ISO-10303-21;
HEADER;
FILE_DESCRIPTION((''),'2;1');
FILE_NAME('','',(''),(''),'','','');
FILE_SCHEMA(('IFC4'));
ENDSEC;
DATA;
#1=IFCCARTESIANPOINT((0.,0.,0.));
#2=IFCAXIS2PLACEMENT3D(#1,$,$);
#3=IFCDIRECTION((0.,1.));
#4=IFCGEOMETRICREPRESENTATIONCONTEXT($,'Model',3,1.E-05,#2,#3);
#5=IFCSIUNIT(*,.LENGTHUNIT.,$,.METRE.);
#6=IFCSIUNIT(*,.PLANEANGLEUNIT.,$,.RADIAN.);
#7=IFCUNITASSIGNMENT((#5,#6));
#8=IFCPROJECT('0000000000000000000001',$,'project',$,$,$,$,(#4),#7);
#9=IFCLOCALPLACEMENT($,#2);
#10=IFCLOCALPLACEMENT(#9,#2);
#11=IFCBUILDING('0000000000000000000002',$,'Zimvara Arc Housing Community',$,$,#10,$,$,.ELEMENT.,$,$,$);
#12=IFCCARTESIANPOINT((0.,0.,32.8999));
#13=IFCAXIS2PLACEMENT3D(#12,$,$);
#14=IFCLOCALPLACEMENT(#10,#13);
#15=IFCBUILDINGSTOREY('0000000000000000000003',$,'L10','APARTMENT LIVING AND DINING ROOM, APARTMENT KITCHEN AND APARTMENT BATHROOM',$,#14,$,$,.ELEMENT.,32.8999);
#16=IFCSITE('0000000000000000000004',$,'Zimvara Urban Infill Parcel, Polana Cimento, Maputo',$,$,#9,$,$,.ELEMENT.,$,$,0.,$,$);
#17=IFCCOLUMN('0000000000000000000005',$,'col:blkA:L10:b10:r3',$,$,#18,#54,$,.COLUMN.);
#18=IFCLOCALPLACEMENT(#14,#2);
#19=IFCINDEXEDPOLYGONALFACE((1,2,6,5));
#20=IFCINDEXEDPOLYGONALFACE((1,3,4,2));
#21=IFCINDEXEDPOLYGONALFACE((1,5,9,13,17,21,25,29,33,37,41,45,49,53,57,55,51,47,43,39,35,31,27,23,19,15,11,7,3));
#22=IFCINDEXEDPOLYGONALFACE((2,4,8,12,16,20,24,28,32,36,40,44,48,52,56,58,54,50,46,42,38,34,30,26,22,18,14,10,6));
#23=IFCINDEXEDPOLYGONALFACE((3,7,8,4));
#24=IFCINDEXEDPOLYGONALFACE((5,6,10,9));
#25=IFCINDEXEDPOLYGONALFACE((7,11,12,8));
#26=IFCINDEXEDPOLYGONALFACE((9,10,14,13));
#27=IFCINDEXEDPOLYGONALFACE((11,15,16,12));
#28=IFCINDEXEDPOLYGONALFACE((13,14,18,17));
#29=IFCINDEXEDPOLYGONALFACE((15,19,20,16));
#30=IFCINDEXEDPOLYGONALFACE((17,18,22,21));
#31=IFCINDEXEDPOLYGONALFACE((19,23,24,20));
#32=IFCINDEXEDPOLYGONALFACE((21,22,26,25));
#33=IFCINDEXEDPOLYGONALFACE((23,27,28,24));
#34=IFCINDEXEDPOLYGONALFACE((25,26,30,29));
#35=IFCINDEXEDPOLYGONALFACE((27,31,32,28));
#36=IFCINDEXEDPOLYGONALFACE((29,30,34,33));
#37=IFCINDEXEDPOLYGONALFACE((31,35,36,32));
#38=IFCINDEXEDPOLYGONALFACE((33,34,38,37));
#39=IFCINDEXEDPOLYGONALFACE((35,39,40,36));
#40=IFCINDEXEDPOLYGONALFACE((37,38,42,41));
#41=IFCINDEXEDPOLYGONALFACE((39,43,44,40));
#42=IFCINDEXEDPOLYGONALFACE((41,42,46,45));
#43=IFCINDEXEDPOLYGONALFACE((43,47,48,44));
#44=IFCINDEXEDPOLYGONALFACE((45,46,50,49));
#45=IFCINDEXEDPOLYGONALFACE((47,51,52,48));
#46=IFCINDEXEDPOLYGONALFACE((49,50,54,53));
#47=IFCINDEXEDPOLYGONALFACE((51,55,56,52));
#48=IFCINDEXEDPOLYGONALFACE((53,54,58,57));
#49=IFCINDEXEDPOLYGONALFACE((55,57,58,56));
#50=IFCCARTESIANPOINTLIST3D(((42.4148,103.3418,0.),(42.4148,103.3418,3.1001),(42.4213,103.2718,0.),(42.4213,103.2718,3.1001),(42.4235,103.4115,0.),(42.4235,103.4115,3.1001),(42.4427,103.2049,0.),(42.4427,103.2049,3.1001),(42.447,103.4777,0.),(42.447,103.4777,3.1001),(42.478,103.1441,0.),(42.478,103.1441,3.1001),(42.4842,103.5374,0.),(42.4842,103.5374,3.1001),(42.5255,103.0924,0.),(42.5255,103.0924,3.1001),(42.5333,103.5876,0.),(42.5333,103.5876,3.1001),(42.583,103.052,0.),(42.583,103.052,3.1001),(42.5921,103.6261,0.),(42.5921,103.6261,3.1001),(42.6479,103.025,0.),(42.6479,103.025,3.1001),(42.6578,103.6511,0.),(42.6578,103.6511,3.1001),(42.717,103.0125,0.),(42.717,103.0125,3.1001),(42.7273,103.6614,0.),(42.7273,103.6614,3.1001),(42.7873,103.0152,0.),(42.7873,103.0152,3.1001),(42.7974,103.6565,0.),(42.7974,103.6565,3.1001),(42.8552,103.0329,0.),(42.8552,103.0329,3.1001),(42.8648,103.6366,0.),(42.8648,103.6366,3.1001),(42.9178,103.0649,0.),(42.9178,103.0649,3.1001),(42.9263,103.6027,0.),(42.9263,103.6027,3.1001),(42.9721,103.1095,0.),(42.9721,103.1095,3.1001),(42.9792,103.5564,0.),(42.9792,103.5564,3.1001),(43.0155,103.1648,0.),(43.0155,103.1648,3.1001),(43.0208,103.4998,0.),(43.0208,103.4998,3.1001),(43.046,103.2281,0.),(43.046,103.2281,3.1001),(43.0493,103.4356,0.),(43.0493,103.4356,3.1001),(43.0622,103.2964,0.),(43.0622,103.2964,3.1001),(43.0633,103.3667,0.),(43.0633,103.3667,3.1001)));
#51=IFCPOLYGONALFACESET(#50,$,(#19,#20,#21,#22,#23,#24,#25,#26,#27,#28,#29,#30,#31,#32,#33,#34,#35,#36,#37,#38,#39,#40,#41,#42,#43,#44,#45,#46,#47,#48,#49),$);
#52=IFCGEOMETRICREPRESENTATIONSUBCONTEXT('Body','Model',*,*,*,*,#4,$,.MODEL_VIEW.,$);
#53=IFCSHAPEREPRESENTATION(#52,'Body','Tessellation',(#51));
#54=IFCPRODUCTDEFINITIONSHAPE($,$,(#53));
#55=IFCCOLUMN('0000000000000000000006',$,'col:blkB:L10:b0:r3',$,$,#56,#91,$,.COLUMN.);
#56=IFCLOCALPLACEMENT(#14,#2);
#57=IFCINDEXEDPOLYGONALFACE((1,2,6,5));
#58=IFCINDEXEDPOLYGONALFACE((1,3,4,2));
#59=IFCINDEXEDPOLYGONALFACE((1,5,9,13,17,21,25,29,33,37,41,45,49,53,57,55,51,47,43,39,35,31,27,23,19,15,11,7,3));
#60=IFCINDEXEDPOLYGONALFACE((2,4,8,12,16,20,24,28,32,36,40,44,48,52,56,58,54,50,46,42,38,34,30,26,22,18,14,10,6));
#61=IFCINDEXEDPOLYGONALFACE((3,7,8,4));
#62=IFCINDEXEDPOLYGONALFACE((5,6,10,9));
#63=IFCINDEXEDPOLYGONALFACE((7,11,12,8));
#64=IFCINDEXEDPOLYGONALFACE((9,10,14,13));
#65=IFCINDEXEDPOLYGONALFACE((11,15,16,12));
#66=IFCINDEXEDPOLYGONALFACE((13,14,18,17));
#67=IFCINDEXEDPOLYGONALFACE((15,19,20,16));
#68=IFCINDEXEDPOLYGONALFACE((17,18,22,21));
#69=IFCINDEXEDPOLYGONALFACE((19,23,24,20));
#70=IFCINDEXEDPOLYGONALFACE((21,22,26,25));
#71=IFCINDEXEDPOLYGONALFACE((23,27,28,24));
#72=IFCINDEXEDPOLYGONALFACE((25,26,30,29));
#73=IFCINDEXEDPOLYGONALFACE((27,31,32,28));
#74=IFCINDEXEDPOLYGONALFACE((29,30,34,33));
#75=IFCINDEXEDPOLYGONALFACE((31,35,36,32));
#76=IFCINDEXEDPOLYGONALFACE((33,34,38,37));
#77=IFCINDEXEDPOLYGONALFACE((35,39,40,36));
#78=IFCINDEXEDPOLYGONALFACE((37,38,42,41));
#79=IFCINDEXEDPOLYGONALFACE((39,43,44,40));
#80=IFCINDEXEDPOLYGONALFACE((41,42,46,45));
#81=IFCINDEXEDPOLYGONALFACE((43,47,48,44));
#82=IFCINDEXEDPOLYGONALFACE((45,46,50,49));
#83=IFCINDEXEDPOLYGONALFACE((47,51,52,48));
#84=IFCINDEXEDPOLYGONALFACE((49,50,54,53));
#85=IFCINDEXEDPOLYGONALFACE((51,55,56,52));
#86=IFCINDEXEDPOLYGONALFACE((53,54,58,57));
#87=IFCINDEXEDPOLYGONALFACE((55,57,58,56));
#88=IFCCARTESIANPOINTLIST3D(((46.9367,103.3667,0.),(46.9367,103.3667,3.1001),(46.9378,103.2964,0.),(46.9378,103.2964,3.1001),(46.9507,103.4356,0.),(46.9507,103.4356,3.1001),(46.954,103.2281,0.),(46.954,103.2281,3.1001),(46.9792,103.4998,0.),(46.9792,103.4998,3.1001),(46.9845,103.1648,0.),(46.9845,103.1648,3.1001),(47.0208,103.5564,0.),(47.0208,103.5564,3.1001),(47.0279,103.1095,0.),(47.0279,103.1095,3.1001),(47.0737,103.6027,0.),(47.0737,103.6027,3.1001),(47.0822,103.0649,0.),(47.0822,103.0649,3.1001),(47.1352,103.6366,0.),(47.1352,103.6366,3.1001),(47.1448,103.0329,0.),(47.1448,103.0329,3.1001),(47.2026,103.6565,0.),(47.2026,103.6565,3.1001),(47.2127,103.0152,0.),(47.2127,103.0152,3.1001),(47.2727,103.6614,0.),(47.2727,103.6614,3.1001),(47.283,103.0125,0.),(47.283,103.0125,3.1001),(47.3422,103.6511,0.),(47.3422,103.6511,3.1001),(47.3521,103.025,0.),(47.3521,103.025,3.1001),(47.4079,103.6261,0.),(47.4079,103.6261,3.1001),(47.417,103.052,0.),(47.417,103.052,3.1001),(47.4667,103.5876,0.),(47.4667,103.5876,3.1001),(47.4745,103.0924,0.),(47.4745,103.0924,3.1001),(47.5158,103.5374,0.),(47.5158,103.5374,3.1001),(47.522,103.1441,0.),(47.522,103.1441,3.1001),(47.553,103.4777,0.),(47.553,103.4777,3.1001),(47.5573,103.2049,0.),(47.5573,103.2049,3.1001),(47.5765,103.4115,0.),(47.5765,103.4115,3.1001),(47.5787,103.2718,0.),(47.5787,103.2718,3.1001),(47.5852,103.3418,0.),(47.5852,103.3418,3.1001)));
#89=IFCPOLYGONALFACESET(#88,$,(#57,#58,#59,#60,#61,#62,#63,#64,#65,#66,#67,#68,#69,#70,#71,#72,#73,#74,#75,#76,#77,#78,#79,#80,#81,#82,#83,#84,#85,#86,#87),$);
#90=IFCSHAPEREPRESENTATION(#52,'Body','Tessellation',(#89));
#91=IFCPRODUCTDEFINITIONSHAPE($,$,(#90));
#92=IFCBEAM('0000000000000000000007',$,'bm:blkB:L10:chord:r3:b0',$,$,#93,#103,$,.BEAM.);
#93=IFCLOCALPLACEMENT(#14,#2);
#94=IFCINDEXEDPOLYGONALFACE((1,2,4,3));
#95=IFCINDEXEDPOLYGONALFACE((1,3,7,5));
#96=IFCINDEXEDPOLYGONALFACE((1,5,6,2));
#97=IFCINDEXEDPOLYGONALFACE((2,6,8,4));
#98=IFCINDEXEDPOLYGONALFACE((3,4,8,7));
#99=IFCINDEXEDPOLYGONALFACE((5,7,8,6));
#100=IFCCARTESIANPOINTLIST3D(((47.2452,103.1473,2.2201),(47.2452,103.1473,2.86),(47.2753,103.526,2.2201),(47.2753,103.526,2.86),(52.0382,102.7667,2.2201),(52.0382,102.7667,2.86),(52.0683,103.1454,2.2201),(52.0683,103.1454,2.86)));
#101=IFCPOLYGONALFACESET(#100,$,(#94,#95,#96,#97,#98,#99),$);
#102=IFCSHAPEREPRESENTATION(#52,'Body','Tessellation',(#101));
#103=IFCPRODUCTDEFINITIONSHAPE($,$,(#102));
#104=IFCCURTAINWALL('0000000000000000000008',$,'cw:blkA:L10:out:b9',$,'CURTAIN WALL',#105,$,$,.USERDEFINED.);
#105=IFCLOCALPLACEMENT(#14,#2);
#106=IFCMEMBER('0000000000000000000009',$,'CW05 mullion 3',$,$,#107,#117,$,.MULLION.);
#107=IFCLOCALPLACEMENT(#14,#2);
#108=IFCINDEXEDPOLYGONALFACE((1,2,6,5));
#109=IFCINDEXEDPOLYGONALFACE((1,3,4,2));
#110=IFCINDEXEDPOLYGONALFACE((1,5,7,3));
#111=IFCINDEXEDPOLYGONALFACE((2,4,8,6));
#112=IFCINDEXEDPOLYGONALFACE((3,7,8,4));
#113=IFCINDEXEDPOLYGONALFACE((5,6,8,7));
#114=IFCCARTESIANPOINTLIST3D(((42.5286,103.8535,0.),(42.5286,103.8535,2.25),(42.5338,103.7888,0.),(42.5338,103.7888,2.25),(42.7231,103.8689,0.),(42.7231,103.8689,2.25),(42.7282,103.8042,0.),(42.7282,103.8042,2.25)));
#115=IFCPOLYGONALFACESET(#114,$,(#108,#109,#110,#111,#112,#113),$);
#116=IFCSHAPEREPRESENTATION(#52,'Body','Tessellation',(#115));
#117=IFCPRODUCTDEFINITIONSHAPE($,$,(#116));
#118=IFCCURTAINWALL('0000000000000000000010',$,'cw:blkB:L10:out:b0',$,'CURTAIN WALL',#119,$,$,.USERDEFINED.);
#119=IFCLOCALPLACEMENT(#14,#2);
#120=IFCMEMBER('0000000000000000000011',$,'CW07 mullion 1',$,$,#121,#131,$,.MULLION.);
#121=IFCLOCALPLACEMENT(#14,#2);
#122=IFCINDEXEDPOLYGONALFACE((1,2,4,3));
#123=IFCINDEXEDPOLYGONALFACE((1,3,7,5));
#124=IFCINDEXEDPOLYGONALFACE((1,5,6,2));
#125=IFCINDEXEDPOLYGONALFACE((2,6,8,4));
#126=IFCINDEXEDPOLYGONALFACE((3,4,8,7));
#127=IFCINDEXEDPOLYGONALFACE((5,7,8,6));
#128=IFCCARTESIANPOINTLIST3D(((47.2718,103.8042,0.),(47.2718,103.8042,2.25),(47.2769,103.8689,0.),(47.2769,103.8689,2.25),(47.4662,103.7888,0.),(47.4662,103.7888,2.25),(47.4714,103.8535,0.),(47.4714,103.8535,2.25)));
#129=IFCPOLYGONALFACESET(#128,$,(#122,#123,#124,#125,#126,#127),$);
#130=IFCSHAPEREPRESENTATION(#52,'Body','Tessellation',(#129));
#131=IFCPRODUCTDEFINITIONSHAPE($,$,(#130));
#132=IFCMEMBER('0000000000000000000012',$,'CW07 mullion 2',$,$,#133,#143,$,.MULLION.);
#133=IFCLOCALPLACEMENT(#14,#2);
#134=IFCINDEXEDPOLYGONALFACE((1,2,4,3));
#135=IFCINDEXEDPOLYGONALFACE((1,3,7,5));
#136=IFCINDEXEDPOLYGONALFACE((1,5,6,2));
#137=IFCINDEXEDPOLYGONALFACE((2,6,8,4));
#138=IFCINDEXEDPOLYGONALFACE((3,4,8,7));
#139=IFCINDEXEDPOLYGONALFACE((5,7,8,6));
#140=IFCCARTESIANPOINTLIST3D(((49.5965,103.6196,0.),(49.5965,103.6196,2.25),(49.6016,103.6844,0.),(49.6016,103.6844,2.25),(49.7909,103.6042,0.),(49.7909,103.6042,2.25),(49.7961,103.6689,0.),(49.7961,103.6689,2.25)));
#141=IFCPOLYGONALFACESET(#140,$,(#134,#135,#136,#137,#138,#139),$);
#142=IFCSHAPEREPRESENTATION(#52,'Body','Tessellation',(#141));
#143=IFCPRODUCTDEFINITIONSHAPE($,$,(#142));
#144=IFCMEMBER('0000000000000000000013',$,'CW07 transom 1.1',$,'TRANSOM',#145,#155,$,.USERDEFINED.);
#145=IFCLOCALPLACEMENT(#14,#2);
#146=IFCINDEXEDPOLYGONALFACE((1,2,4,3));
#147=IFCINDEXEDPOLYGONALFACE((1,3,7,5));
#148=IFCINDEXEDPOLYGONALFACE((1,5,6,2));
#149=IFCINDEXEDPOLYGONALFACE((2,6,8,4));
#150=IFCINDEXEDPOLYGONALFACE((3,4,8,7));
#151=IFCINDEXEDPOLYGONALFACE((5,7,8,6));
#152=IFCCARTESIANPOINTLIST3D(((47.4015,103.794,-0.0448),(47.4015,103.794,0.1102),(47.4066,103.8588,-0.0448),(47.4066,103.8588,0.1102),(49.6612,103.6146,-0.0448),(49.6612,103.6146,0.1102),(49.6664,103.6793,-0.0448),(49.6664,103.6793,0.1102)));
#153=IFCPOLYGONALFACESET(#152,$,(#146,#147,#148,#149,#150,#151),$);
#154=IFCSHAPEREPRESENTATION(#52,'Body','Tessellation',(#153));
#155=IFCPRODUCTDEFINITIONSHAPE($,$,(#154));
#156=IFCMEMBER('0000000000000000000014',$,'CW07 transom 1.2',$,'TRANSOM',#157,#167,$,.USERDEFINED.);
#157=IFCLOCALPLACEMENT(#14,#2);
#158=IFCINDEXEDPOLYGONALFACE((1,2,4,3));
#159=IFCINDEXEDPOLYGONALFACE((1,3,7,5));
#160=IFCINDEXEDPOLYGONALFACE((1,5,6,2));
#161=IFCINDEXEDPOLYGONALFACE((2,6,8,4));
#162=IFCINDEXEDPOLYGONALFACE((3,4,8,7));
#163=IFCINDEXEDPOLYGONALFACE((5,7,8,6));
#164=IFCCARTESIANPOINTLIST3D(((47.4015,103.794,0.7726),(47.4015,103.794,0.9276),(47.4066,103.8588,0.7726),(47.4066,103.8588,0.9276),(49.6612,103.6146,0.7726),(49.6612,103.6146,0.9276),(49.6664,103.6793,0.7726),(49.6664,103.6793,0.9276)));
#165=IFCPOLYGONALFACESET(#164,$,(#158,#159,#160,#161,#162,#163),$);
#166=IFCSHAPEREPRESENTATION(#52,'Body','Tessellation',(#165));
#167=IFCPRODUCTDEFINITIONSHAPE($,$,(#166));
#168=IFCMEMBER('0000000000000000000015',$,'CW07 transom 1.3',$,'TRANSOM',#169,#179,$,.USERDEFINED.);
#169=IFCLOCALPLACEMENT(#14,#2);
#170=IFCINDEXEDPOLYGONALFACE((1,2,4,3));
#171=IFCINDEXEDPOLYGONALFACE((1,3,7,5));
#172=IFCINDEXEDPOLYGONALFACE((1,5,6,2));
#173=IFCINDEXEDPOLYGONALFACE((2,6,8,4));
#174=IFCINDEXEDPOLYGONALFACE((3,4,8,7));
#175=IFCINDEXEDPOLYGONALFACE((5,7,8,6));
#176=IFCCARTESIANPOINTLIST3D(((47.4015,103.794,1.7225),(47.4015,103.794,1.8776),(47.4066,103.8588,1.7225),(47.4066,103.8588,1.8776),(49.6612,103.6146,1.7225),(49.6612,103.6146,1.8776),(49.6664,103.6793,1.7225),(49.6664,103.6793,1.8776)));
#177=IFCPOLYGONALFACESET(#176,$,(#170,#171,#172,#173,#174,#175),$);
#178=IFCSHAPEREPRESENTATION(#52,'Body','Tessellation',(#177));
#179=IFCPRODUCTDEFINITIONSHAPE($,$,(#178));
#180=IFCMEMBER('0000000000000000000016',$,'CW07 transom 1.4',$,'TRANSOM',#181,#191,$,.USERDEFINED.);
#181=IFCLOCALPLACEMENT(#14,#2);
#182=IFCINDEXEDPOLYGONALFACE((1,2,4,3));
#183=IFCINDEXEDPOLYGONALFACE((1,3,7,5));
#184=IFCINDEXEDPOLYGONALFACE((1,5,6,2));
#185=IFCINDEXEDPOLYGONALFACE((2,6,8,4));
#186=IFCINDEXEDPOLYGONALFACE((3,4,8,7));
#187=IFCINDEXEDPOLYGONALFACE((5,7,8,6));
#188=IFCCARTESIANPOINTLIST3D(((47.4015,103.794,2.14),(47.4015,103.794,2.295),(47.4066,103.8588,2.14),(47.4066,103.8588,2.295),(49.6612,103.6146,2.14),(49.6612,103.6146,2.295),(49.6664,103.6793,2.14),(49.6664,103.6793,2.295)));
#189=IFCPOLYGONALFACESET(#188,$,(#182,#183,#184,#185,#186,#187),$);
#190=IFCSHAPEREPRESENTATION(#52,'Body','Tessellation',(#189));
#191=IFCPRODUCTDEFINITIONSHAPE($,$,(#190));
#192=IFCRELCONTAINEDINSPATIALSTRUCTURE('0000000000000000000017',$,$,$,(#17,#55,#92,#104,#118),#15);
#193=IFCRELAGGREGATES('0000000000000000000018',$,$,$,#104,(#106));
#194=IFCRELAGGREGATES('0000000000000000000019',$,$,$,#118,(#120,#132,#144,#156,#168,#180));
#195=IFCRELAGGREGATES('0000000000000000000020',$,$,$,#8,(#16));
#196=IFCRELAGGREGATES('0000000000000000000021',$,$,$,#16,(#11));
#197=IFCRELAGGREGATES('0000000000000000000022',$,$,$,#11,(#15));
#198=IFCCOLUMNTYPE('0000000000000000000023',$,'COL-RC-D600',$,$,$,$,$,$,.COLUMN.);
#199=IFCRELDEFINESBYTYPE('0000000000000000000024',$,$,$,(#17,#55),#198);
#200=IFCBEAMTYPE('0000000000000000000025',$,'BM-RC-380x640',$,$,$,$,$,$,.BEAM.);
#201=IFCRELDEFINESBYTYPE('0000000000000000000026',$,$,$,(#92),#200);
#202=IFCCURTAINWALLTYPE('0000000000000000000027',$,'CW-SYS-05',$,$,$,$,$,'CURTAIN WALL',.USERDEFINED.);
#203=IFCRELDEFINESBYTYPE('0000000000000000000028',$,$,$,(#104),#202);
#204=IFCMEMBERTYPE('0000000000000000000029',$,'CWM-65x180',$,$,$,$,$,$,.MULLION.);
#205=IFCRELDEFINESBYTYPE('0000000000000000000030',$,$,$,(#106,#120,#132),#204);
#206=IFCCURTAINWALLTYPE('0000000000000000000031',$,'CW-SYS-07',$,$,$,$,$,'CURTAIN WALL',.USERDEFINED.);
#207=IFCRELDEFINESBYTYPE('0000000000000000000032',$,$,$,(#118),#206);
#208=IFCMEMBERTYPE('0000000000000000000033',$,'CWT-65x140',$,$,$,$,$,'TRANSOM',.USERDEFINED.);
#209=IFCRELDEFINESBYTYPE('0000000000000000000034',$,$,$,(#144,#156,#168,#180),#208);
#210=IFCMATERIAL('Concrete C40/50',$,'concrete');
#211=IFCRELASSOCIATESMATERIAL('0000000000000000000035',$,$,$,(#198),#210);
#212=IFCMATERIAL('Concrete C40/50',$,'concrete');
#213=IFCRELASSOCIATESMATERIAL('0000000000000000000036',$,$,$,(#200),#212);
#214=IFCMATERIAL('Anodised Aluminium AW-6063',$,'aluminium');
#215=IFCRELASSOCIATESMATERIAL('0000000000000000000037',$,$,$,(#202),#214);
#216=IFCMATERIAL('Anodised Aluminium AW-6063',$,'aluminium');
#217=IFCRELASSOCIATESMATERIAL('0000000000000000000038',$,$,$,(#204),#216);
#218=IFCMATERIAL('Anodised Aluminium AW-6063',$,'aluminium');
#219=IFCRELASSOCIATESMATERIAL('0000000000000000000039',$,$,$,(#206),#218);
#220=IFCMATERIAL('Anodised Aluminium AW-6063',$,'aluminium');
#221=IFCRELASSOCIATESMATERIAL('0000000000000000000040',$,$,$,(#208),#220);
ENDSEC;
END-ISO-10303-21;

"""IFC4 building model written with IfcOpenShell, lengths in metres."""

from ifc_helpers import new_model, si_unit, direction, frame, origin, origin_2d, place, context, subcontext, project, spatial, rectangle, circle, extrude, material, material_profile, profile_set, type_object, element, aggregate, save


model = new_model("IFC4")

# Units and contexts
model_context = context("Model", 3, precision=1e-05, world=origin(), true_north=direction((0.0, 1.0)))
body_context = subcontext(model_context, "Body", "Model", "MODEL_VIEW")
ifc_project = project(units=[si_unit("LENGTHUNIT", "METRE"), si_unit("PLANEANGLEUNIT", "RADIAN")], contexts=[model_context])

# Site, building, storey
site_placement = place(None, origin())
site = spatial("IfcSite", under=ifc_project, at=site_placement, Name="Zimvara Urban Infill Parcel, Polana Cimento, Maputo", CompositionType="ELEMENT", RefElevation=0.0)
building_placement = place(site_placement, origin())
building = spatial("IfcBuilding", under=site, at=building_placement, Name="Zimvara Arc Housing Community", CompositionType="ELEMENT")
storey_placement = place(building_placement, frame((0.0, 0.0, 32.8999)))
storey = spatial("IfcBuildingStorey", under=building, at=storey_placement, Name="L10", Description="APARTMENT LIVING AND DINING ROOM, APARTMENT KITCHEN AND APARTMENT BATHROOM", CompositionType="ELEMENT", Elevation=32.8999)

# Columns
ifc_material_1 = material(Name="Concrete C40/50", Category="concrete")
ifc_material_profile_1 = material_profile(ifc_material_1, circle(Radius=0.325, at=origin_2d()), Name="RC D650")
ifc_profile_set_1 = profile_set([ifc_material_profile_1], Name="Concrete C40/50")
column_type = type_object("IfcColumnType", Name="COL-RC-D600", PredefinedType="COLUMN", material=ifc_profile_set_1)
for number, where, z_axis, x_axis, name in (
    (1, (42.7397, 103.3367, 0.0), (0.0, 0.0, 1.0), (-0.038388, 0.999263, 0.0), "col:blkA:L10:b10:r3"),
    (2, (47.2603, 103.3367, 0.0), (0.0, 0.0, 1.0), (0.038388, 0.999263, 0.0), "col:blkB:L10:b0:r3"),
):
    element("IfcColumn", number, at=place(storey_placement, frame(where, z_axis=z_axis, x_axis=x_axis)), inside=storey, type_object=column_type, Name=name, PredefinedType="COLUMN", context=body_context, shape_type="SweptSolid", body=[
        extrude(circle(Radius=0.325, at=origin_2d()), origin(), (0.0, 0.0, 1.0), 3.1001),
    ])

# Beam
ifc_material_2 = material(Name="Concrete C40/50", Category="concrete")
ifc_material_profile_2 = material_profile(ifc_material_2, rectangle(XDim=0.3799, YDim=0.6399, at=origin_2d()), Name="RC 380x640")
ifc_profile_set_2 = profile_set([ifc_material_profile_2], Name="Concrete C40/50")
beam_type = type_object("IfcBeamType", Name="BM-RC-380x640", PredefinedType="BEAM", material=ifc_profile_set_2)
beam_placement = place(storey_placement, frame((47.2603, 103.3367, 2.54), z_axis=(0.996862, -0.079162, 0.0), x_axis=(0.079162, 0.996862, 0.0)))
element("IfcBeam", 3, at=beam_placement, inside=storey, type_object=beam_type, Name="bm:blkB:L10:chord:r3:b0", PredefinedType="BEAM", context=body_context, shape_type="SweptSolid", body=[
    extrude(rectangle(XDim=0.3799, YDim=0.6399, at=origin_2d()), origin(), (0.0, 0.0, 1.0), 4.8081),
])

# Curtain wall, member
ifc_material_3 = material(Name="Anodised Aluminium AW-6063", Category="aluminium")
curtain_wall_type_1 = type_object("IfcCurtainWallType", Name="CW-SYS-05", ElementType="CURTAIN WALL", PredefinedType="USERDEFINED", material=ifc_material_3)
curtain_wall_1_placement = place(storey_placement, origin())
curtain_wall_1 = element("IfcCurtainWall", 4, at=curtain_wall_1_placement, inside=storey, type_object=curtain_wall_type_1, Name="cw:blkA:L10:out:b9", ObjectType="CURTAIN WALL", PredefinedType="USERDEFINED")
ifc_material_4 = material(Name="Anodised Aluminium AW-6063", Category="aluminium")
ifc_material_profile_3 = material_profile(ifc_material_4, rectangle(XDim=0.0649, YDim=0.1951, at=origin_2d()), Name="ALU 65x195")
ifc_profile_set_3 = profile_set([ifc_material_profile_3], Name="Anodised Aluminium AW-6063")
member_type_1 = type_object("IfcMemberType", Name="CWM-65x180", PredefinedType="MULLION", material=ifc_profile_set_3)
member_1_placement = place(storey_placement, frame((42.6284, 103.8289, 0.0), z_axis=(0.0, 0.0, 1.0), x_axis=(-0.079154, 0.996862, 0.0)))
member_1 = element("IfcMember", 5, at=member_1_placement, type_object=member_type_1, Name="CW05 mullion 3", PredefinedType="MULLION", context=body_context, shape_type="SweptSolid", body=[
    extrude(rectangle(XDim=0.0649, YDim=0.1951, at=origin_2d()), origin(), (0.0, 0.0, 1.0), 2.25),
])
aggregate(curtain_wall_1, [member_1])

# Curtain wall, members
ifc_material_5 = material(Name="Anodised Aluminium AW-6063", Category="aluminium")
curtain_wall_type_2 = type_object("IfcCurtainWallType", Name="CW-SYS-07", ElementType="CURTAIN WALL", PredefinedType="USERDEFINED", material=ifc_material_5)
curtain_wall_2_placement = place(storey_placement, origin())
curtain_wall_2 = element("IfcCurtainWall", 6, at=curtain_wall_2_placement, inside=storey, type_object=curtain_wall_type_2, Name="cw:blkB:L10:out:b0", ObjectType="CURTAIN WALL", PredefinedType="USERDEFINED")
member_2_placement = place(storey_placement, frame((47.3716, 103.8289, 0.0), z_axis=(0.0, 0.0, 1.0), x_axis=(0.079154, 0.996862, 0.0)))
member_2 = element("IfcMember", 7, at=member_2_placement, type_object=member_type_1, Name="CW07 mullion 1", PredefinedType="MULLION", context=body_context, shape_type="SweptSolid", body=[
    extrude(rectangle(XDim=0.0649, YDim=0.1951, at=origin_2d()), origin(), (0.0, 0.0, 1.0), 2.25),
])
member_3_placement = place(storey_placement, frame((49.6963, 103.6443, 0.0), z_axis=(0.0, 0.0, 1.0), x_axis=(0.079154, 0.996862, 0.0)))
member_3 = element("IfcMember", 8, at=member_3_placement, type_object=member_type_1, Name="CW07 mullion 2", PredefinedType="MULLION", context=body_context, shape_type="SweptSolid", body=[
    extrude(rectangle(XDim=0.0649, YDim=0.1951, at=origin_2d()), origin(), (0.0, 0.0, 1.0), 2.25),
])
ifc_material_6 = material(Name="Anodised Aluminium AW-6063", Category="aluminium")
ifc_material_profile_4 = material_profile(ifc_material_6, rectangle(XDim=0.0649, YDim=0.155, at=origin_2d()), Name="ALU 65x155")
ifc_profile_set_4 = profile_set([ifc_material_profile_4], Name="Anodised Aluminium AW-6063")
member_type_2 = type_object("IfcMemberType", Name="CWT-65x140", ElementType="TRANSOM", PredefinedType="USERDEFINED", material=ifc_profile_set_4)
member_4_placement = place(storey_placement, frame((47.4041, 103.8264, 0.0327), z_axis=(0.996862, -0.079159, 0.0), x_axis=(0.079159, 0.996862, 0.0)))
member_4 = element("IfcMember", 9, at=member_4_placement, type_object=member_type_2, Name="CW07 transom 1.1", ObjectType="TRANSOM", PredefinedType="USERDEFINED", context=body_context, shape_type="SweptSolid", body=[
    extrude(rectangle(XDim=0.0649, YDim=0.155, at=origin_2d()), origin(), (0.0, 0.0, 1.0), 2.2668),
])
member_5_placement = place(storey_placement, frame((47.4041, 103.8264, 0.8501), z_axis=(0.996862, -0.079159, 0.0), x_axis=(0.079159, 0.996862, 0.0)))
member_5 = element("IfcMember", 10, at=member_5_placement, type_object=member_type_2, Name="CW07 transom 1.2", ObjectType="TRANSOM", PredefinedType="USERDEFINED", context=body_context, shape_type="SweptSolid", body=[
    extrude(rectangle(XDim=0.0649, YDim=0.155, at=origin_2d()), origin(), (0.0, 0.0, 1.0), 2.2668),
])
member_6_placement = place(storey_placement, frame((47.4041, 103.8264, 1.8), z_axis=(0.996862, -0.079159, 0.0), x_axis=(0.079159, 0.996862, 0.0)))
member_6 = element("IfcMember", 11, at=member_6_placement, type_object=member_type_2, Name="CW07 transom 1.3", ObjectType="TRANSOM", PredefinedType="USERDEFINED", context=body_context, shape_type="SweptSolid", body=[
    extrude(rectangle(XDim=0.0649, YDim=0.155, at=origin_2d()), origin(), (0.0, 0.0, 1.0), 2.2668),
])
member_7_placement = place(storey_placement, frame((47.4041, 103.8264, 2.2175), z_axis=(0.996862, -0.079159, 0.0), x_axis=(0.079159, 0.996862, 0.0)))
member_7 = element("IfcMember", 12, at=member_7_placement, type_object=member_type_2, Name="CW07 transom 1.4", ObjectType="TRANSOM", PredefinedType="USERDEFINED", context=body_context, shape_type="SweptSolid", body=[
    extrude(rectangle(XDim=0.0649, YDim=0.155, at=origin_2d()), origin(), (0.0, 0.0, 1.0), 2.2668),
])
aggregate(curtain_wall_2, [member_2, member_3, member_4, member_5, member_6, member_7])

save(model, "model.ifc")
